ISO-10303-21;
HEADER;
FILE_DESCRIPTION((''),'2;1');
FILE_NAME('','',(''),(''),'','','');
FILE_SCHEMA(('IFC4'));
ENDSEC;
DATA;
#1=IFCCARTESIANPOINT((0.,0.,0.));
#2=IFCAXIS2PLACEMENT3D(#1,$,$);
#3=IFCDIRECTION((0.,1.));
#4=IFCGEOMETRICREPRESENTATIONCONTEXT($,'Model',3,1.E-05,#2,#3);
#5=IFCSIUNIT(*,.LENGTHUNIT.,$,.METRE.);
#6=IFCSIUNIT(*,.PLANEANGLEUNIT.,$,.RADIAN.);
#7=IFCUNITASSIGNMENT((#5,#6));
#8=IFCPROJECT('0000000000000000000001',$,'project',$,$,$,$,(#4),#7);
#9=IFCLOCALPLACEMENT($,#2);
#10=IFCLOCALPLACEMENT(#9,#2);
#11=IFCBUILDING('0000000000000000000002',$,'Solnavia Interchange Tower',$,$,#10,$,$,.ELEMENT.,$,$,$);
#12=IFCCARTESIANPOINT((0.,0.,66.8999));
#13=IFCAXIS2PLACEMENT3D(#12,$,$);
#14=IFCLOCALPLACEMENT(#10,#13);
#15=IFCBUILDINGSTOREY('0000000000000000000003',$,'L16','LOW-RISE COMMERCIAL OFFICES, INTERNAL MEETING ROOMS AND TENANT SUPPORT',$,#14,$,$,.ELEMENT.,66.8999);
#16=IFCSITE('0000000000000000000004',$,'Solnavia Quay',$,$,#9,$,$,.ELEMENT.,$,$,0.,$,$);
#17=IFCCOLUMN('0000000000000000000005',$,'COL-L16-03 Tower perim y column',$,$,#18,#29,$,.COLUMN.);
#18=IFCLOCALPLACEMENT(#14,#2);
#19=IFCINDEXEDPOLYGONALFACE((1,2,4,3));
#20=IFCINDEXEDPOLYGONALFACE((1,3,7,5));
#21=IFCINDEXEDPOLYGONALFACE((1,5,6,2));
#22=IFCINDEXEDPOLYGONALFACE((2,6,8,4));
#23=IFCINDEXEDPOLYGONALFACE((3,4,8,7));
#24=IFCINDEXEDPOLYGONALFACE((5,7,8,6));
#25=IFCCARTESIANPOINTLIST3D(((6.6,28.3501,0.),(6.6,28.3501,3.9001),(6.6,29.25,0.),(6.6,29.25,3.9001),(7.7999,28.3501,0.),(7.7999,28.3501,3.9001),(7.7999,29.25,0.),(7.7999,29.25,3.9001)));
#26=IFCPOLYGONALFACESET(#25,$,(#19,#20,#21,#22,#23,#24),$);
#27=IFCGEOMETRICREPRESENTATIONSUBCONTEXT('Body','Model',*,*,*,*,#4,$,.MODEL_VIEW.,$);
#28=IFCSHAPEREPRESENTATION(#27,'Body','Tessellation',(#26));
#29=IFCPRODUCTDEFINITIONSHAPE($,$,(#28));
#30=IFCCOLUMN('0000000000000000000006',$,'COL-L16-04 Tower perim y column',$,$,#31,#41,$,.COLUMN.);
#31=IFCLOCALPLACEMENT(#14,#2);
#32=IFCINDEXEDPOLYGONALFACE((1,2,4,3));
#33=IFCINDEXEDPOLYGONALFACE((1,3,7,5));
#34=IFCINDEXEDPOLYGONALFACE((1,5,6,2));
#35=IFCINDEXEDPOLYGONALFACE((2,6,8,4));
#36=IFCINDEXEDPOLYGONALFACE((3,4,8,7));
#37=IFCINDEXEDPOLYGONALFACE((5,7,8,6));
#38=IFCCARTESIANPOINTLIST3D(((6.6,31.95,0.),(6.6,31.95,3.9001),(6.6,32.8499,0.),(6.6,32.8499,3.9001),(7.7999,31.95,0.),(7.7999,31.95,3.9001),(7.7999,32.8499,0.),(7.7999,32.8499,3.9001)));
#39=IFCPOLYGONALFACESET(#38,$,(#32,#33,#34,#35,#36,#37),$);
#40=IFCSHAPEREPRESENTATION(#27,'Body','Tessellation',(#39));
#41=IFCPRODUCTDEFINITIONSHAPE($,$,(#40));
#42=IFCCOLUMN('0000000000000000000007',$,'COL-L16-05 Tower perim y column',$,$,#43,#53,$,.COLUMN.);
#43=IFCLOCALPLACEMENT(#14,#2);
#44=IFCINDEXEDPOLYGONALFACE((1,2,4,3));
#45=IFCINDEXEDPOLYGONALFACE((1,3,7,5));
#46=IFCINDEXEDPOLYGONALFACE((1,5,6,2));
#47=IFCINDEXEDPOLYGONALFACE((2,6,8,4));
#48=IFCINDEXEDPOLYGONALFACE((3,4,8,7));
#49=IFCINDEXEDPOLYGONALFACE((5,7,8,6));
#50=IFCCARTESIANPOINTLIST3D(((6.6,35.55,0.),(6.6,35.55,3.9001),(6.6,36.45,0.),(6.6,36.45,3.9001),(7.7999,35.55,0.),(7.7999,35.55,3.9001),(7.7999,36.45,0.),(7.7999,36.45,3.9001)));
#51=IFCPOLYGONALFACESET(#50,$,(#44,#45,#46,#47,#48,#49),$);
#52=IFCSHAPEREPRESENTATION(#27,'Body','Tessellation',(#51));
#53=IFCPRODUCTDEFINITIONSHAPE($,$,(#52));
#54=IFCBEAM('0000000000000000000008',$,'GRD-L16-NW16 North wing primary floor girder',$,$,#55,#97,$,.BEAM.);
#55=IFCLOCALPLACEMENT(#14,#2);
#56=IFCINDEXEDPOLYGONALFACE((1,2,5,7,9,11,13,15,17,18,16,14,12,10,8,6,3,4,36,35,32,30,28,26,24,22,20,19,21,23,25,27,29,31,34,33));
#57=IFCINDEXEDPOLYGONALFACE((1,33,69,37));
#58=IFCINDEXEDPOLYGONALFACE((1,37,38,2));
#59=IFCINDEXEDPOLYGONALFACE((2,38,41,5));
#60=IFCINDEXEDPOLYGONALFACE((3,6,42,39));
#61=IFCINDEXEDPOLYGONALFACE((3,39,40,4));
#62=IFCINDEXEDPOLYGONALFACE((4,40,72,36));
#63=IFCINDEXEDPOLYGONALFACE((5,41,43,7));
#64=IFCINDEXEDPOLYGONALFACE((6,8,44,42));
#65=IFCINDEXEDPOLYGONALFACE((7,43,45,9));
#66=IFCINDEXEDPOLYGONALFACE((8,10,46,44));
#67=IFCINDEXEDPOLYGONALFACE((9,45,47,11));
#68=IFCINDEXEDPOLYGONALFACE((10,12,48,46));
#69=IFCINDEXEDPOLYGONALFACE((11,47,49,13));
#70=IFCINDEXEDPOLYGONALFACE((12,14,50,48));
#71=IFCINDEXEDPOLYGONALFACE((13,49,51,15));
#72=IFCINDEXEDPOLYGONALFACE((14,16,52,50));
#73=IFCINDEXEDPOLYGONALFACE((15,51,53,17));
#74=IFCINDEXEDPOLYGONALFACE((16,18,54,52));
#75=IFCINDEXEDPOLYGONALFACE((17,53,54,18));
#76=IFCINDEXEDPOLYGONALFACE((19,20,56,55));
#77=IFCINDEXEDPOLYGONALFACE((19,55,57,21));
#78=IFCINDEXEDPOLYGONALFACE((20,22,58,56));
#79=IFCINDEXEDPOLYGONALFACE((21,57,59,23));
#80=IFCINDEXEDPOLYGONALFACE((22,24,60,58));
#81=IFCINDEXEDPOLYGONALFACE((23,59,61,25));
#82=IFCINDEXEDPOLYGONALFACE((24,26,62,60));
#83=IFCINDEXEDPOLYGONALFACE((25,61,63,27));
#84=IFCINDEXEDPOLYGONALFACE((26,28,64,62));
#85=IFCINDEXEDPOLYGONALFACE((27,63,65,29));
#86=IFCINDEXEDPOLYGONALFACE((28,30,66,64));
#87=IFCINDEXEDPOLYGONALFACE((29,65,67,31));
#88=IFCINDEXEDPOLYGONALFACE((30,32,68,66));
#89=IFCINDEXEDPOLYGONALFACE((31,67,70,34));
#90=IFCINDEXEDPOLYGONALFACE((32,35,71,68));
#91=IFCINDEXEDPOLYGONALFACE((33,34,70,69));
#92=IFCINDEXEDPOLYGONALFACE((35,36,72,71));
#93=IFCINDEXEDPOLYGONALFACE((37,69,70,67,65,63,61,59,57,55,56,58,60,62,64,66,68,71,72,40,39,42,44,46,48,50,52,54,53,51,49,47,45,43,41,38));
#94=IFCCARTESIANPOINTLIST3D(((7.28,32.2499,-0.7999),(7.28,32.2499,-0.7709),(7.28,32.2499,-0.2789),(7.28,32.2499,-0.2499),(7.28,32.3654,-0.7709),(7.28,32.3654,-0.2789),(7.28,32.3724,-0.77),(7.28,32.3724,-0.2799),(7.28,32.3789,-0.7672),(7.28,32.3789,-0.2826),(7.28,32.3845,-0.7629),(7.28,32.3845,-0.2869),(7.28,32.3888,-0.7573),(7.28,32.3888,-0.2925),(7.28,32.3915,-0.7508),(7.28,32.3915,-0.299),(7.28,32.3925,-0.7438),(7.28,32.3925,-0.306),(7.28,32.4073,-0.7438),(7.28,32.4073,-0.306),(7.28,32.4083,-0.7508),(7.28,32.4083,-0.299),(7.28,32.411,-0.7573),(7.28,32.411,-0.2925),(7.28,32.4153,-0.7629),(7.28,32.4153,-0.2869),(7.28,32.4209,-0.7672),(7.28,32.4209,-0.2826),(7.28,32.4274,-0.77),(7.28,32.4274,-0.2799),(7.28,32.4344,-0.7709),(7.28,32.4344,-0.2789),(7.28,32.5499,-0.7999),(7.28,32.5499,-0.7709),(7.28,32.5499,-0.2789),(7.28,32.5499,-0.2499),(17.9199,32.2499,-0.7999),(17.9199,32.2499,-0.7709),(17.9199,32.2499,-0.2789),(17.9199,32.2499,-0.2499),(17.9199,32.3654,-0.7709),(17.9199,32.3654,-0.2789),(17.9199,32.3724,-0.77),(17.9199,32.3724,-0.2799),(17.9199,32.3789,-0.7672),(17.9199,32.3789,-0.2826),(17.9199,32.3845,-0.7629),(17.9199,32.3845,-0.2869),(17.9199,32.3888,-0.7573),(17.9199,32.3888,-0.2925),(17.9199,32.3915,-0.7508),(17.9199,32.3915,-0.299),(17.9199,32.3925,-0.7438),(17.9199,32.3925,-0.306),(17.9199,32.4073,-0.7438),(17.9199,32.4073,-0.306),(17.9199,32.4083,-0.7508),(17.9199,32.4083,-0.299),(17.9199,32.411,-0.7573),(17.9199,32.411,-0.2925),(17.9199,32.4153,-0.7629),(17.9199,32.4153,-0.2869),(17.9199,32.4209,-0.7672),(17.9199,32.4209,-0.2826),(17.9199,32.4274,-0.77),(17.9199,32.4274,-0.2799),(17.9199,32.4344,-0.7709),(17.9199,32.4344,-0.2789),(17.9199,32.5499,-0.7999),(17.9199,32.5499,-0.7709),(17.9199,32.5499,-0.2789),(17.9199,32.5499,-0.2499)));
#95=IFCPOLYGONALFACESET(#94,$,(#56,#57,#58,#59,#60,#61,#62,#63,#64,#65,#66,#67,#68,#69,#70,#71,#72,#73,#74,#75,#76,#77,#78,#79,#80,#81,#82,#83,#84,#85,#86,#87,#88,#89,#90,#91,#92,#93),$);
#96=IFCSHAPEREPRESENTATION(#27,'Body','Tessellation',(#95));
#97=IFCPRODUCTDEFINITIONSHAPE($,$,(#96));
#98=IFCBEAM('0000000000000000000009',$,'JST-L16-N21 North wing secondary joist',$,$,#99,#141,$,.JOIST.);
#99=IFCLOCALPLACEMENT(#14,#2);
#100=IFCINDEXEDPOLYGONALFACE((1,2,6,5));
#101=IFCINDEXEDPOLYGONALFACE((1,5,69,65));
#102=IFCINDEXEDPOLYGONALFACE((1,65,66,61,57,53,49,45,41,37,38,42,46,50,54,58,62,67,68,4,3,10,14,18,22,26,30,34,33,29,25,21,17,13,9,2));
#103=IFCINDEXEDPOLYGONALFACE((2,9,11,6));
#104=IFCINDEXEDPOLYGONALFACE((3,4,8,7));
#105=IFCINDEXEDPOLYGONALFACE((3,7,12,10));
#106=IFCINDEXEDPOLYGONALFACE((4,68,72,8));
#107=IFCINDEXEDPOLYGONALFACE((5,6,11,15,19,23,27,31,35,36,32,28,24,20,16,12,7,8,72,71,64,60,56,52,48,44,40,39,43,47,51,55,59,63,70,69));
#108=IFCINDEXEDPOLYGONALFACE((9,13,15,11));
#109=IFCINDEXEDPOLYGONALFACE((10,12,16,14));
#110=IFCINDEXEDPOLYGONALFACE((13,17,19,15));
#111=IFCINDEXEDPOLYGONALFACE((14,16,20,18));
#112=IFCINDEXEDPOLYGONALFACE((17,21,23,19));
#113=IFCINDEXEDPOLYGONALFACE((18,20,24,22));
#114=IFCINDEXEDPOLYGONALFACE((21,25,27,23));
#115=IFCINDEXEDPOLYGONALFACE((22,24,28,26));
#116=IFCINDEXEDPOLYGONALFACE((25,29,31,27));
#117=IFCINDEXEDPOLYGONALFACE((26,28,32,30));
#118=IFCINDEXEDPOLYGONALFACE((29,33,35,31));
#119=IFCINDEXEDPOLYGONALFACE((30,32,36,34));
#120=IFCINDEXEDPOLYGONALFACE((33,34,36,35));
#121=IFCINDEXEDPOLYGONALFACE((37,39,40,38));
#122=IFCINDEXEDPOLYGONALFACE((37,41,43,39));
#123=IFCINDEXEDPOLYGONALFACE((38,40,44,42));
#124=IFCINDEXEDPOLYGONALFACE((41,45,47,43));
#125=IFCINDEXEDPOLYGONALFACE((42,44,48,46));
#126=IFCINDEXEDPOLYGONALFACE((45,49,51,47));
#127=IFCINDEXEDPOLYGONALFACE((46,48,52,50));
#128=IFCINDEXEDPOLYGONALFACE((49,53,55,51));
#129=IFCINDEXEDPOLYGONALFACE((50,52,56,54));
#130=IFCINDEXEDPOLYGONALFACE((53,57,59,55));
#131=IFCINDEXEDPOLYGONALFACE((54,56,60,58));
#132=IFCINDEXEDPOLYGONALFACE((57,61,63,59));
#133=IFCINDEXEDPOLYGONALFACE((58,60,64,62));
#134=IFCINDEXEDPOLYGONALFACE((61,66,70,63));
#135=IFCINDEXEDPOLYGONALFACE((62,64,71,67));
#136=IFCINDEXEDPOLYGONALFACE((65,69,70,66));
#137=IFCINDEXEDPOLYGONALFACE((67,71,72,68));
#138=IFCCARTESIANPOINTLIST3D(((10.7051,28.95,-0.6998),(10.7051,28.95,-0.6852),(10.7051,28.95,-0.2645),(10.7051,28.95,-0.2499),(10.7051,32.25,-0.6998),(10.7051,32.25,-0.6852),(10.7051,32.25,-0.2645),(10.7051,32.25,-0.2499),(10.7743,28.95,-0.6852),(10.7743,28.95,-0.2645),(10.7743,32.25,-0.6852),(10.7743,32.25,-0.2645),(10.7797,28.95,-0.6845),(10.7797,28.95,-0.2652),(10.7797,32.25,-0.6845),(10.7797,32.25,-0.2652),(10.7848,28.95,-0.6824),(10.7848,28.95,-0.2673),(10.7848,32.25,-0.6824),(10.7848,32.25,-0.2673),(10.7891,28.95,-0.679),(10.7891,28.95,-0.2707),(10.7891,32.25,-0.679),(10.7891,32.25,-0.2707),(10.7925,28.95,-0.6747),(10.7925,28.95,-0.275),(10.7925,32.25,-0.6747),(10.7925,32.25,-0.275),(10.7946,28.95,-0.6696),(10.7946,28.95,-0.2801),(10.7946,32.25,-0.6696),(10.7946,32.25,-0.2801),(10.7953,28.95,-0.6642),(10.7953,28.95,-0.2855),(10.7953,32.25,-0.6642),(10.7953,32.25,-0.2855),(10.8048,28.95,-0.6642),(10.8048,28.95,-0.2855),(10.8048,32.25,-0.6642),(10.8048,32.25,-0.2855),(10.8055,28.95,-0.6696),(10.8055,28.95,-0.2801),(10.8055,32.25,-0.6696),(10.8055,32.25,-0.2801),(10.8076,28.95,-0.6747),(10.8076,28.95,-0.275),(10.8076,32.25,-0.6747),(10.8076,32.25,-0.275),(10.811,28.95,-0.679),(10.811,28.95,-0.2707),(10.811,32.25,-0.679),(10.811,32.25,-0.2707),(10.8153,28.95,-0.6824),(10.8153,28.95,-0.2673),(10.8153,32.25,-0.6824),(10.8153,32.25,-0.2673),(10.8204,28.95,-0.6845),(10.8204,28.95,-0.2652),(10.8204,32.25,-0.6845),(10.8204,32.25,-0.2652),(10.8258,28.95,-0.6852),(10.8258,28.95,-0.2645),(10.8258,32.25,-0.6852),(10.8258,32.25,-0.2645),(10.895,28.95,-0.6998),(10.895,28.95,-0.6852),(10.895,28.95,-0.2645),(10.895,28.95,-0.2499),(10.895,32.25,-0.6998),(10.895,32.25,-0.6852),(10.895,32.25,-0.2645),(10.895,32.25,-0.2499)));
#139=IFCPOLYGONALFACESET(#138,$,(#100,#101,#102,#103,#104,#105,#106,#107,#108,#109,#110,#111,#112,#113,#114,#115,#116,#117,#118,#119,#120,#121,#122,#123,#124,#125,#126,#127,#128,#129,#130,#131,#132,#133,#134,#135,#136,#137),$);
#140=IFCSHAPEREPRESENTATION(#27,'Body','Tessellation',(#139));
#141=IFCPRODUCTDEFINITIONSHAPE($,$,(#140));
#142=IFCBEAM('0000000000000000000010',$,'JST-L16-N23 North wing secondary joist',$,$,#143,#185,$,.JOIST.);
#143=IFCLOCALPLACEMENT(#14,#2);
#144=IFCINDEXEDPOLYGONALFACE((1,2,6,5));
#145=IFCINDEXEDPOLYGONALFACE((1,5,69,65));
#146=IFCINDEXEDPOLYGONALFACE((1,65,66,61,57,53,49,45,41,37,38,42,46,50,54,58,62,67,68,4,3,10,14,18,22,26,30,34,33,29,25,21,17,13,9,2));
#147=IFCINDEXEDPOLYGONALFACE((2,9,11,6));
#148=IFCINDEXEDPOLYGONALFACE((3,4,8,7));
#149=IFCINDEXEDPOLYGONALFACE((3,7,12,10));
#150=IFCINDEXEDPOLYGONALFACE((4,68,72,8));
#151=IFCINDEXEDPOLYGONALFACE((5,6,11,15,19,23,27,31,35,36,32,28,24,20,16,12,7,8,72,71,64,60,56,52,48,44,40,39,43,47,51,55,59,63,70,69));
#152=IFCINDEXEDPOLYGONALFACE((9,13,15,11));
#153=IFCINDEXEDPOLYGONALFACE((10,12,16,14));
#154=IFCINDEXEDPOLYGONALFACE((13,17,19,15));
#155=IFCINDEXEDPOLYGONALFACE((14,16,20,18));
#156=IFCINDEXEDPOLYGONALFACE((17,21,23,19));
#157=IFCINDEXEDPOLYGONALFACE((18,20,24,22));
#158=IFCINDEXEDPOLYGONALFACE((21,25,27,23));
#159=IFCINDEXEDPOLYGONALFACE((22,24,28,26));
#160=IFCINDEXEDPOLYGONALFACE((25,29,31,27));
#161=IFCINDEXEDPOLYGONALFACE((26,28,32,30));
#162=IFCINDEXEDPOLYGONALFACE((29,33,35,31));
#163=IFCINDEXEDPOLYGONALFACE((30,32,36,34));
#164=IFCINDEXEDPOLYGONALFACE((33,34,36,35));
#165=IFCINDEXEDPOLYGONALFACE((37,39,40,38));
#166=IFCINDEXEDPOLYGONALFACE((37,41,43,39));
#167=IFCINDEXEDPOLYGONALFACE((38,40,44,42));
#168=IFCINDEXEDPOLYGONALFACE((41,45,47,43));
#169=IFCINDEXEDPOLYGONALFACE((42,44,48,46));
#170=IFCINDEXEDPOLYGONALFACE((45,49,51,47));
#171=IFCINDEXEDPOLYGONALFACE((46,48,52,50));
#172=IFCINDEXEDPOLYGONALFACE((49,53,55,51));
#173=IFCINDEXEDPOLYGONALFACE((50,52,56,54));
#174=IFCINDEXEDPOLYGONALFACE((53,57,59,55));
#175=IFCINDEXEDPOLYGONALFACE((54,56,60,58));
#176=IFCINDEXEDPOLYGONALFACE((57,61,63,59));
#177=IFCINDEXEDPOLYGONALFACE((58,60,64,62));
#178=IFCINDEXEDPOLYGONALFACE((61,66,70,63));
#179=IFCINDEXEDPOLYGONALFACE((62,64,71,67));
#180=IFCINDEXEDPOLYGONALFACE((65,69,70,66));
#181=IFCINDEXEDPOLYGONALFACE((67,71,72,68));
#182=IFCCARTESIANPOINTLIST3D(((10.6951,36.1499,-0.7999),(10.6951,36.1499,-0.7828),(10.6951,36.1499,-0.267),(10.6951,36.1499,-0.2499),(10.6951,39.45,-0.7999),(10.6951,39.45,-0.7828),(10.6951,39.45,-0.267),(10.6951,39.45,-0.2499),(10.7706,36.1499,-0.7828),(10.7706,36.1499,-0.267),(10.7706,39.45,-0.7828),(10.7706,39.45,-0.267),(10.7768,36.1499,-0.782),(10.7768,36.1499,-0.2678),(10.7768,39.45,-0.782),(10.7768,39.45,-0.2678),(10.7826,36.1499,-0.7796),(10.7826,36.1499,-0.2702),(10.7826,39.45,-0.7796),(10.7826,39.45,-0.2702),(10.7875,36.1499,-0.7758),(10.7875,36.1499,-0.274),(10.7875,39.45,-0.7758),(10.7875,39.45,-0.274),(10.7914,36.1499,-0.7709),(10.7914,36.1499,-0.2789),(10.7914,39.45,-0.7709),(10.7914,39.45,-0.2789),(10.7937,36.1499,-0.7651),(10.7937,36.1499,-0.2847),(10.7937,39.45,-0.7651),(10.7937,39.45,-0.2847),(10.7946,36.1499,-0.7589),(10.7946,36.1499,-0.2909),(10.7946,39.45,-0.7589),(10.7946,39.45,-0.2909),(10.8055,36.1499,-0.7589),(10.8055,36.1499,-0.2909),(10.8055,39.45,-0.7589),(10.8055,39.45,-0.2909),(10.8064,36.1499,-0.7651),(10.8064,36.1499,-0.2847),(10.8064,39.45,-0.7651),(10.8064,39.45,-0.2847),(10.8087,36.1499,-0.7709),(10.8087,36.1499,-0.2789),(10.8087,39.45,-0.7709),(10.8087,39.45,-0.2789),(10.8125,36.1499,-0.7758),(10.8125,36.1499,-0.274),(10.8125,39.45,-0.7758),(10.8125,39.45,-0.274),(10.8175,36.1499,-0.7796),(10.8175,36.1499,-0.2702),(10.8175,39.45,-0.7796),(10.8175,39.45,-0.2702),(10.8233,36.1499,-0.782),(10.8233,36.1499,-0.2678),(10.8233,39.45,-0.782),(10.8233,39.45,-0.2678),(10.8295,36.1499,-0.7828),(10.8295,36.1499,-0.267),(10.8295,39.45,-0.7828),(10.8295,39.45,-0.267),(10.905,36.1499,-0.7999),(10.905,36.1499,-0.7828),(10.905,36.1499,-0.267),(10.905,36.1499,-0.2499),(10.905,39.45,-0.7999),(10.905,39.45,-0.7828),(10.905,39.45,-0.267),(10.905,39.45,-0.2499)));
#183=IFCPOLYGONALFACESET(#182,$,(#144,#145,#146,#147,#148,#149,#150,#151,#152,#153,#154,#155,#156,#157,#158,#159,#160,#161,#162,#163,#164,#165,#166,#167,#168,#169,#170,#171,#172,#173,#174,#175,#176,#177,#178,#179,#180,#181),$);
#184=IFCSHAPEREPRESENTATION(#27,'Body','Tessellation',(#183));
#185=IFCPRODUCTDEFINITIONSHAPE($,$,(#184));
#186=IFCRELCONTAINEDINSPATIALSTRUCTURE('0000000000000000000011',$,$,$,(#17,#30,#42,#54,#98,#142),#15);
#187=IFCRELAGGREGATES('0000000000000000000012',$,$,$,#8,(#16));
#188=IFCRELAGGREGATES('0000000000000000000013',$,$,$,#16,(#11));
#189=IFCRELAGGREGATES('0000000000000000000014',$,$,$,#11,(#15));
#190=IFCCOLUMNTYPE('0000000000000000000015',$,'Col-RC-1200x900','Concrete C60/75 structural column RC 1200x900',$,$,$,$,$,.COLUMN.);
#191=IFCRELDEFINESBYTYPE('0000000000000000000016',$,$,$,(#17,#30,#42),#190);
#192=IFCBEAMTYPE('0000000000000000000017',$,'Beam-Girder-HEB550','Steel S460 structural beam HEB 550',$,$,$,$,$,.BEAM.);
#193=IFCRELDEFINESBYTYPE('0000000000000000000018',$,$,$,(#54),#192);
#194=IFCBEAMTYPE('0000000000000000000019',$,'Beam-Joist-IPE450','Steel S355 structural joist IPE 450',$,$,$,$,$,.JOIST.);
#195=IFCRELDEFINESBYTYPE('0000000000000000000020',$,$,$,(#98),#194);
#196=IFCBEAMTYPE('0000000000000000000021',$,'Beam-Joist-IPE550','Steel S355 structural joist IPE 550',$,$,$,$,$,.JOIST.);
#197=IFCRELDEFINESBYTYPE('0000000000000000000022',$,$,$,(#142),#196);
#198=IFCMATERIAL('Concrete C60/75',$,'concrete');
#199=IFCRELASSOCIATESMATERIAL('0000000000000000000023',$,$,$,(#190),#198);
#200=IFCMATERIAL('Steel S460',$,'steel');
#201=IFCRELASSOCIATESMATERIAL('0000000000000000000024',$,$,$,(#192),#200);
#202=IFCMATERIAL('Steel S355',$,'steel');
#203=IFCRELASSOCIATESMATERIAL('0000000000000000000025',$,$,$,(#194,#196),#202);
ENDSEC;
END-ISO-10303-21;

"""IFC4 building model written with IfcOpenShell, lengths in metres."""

from ifc_helpers import new_model, si_unit, direction, frame, origin, origin_2d, place, context, subcontext, project, spatial, rectangle, i_section, extrude, material, material_profile, profile_set, type_object, element, save


model = new_model("IFC4")

# Units and contexts
model_context = context("Model", 3, precision=1e-05, world=origin(), true_north=direction((0.0, 1.0)))
body_context = subcontext(model_context, "Body", "Model", "MODEL_VIEW")
ifc_project = project(units=[si_unit("LENGTHUNIT", "METRE"), si_unit("PLANEANGLEUNIT", "RADIAN")], contexts=[model_context])

# Site, building, storey
site_placement = place(None, origin())
site = spatial("IfcSite", under=ifc_project, at=site_placement, Name="Solnavia Quay", CompositionType="ELEMENT", RefElevation=0.0)
building_placement = place(site_placement, origin())
building = spatial("IfcBuilding", under=site, at=building_placement, Name="Solnavia Interchange Tower", CompositionType="ELEMENT")
storey_placement = place(building_placement, frame((0.0, 0.0, 66.8999)))
storey = spatial("IfcBuildingStorey", under=building, at=storey_placement, Name="L16", Description="LOW-RISE COMMERCIAL OFFICES, INTERNAL MEETING ROOMS AND TENANT SUPPORT", CompositionType="ELEMENT", Elevation=66.8999)

# Columns
ifc_material_1 = material(Name="Concrete C60/75", Category="concrete")
ifc_material_profile_1 = material_profile(ifc_material_1, rectangle(XDim=0.8999, YDim=1.2, at=origin_2d()), Name="RC 1200x900")
ifc_profile_set_1 = profile_set([ifc_material_profile_1], Name="Concrete C60/75")
column_type = type_object("IfcColumnType", Name="Col-RC-1200x900", Description="Concrete C60/75 structural column RC 1200x900", PredefinedType="COLUMN", material=ifc_profile_set_1)
for number, where, z_axis, x_axis, name in (
    (1, (7.2, 28.8, 0.0), (0.0, 0.0, 1.0), (0.0, 1.0, 0.0), "COL-L16-03 Tower perim y column"),
    (2, (7.2, 32.3999, 0.0), (0.0, 0.0, 1.0), (0.0, 1.0, 0.0), "COL-L16-04 Tower perim y column"),
    (3, (7.2, 36.0, 0.0), (0.0, 0.0, 1.0), (0.0, 1.0, 0.0), "COL-L16-05 Tower perim y column"),
):
    element("IfcColumn", number, at=place(storey_placement, frame(where, z_axis=z_axis, x_axis=x_axis)), inside=storey, type_object=column_type, Name=name, PredefinedType="COLUMN", context=body_context, shape_type="SweptSolid", body=[
        extrude(rectangle(XDim=0.8999, YDim=1.2, at=origin_2d()), origin(), (0.0, 0.0, 1.0), 3.9001),
    ])

# Beams
ifc_material_2 = material(Name="Steel S460", Category="steel")
ifc_material_profile_2 = material_profile(ifc_material_2, i_section(OverallWidth=0.3, OverallDepth=0.55, WebThickness=0.0149, FlangeThickness=0.0291, FilletRadius=0.0271, at=origin_2d()), Name="HEB 550")
ifc_profile_set_2 = profile_set([ifc_material_profile_2], Name="Steel S460")
beam_type_1 = type_object("IfcBeamType", Name="Beam-Girder-HEB550", Description="Steel S460 structural beam HEB 550", PredefinedType="BEAM", material=ifc_profile_set_2)
beam_1_placement = place(storey_placement, frame((7.28, 32.3999, -0.5249), z_axis=(1.0, 0.0, 0.0), x_axis=(0.0, 1.0, 0.0)))
element("IfcBeam", 4, at=beam_1_placement, inside=storey, type_object=beam_type_1, Name="GRD-L16-NW16 North wing primary floor girder", PredefinedType="BEAM", context=body_context, shape_type="SweptSolid", body=[
    extrude(i_section(OverallWidth=0.3, OverallDepth=0.55, WebThickness=0.0149, FlangeThickness=0.0291, FilletRadius=0.0271, at=origin_2d()), origin(), (0.0, 0.0, 1.0), 10.6399),
])
ifc_material_3 = material(Name="Steel S355", Category="steel")
ifc_material_profile_3 = material_profile(ifc_material_3, i_section(OverallWidth=0.1899, OverallDepth=0.45, WebThickness=0.0095, FlangeThickness=0.0146, FilletRadius=0.021, at=origin_2d()), Name="IPE 450")
ifc_profile_set_3 = profile_set([ifc_material_profile_3], Name="Steel S355")
beam_type_2 = type_object("IfcBeamType", Name="Beam-Joist-IPE450", Description="Steel S355 structural joist IPE 450", PredefinedType="JOIST", material=ifc_profile_set_3)
beam_2_placement = place(storey_placement, frame((10.8, 28.95, -0.4749), z_axis=(0.0, 1.0, 0.0), x_axis=(-1.0, 0.0, 0.0)))
element("IfcBeam", 5, at=beam_2_placement, inside=storey, type_object=beam_type_2, Name="JST-L16-N21 North wing secondary joist", PredefinedType="JOIST", context=body_context, shape_type="SweptSolid", body=[
    extrude(i_section(OverallWidth=0.1899, OverallDepth=0.45, WebThickness=0.0095, FlangeThickness=0.0146, FilletRadius=0.021, at=origin_2d()), origin(), (0.0, 0.0, 1.0), 3.3),
])
ifc_material_profile_4 = material_profile(ifc_material_3, i_section(OverallWidth=0.21, OverallDepth=0.55, WebThickness=0.011, FlangeThickness=0.0171, FilletRadius=0.0239, at=origin_2d()), Name="IPE 550")
ifc_profile_set_4 = profile_set([ifc_material_profile_4], Name="Steel S355")
beam_type_3 = type_object("IfcBeamType", Name="Beam-Joist-IPE550", Description="Steel S355 structural joist IPE 550", PredefinedType="JOIST", material=ifc_profile_set_4)
beam_3_placement = place(storey_placement, frame((10.8, 36.1499, -0.5249), z_axis=(0.0, 1.0, 0.0), x_axis=(-1.0, 0.0, 0.0)))
element("IfcBeam", 6, at=beam_3_placement, inside=storey, type_object=beam_type_3, Name="JST-L16-N23 North wing secondary joist", PredefinedType="JOIST", context=body_context, shape_type="SweptSolid", body=[
    extrude(i_section(OverallWidth=0.21, OverallDepth=0.55, WebThickness=0.011, FlangeThickness=0.0171, FilletRadius=0.0239, at=origin_2d()), origin(), (0.0, 0.0, 1.0), 3.3),
])

save(model, "model.ifc")
